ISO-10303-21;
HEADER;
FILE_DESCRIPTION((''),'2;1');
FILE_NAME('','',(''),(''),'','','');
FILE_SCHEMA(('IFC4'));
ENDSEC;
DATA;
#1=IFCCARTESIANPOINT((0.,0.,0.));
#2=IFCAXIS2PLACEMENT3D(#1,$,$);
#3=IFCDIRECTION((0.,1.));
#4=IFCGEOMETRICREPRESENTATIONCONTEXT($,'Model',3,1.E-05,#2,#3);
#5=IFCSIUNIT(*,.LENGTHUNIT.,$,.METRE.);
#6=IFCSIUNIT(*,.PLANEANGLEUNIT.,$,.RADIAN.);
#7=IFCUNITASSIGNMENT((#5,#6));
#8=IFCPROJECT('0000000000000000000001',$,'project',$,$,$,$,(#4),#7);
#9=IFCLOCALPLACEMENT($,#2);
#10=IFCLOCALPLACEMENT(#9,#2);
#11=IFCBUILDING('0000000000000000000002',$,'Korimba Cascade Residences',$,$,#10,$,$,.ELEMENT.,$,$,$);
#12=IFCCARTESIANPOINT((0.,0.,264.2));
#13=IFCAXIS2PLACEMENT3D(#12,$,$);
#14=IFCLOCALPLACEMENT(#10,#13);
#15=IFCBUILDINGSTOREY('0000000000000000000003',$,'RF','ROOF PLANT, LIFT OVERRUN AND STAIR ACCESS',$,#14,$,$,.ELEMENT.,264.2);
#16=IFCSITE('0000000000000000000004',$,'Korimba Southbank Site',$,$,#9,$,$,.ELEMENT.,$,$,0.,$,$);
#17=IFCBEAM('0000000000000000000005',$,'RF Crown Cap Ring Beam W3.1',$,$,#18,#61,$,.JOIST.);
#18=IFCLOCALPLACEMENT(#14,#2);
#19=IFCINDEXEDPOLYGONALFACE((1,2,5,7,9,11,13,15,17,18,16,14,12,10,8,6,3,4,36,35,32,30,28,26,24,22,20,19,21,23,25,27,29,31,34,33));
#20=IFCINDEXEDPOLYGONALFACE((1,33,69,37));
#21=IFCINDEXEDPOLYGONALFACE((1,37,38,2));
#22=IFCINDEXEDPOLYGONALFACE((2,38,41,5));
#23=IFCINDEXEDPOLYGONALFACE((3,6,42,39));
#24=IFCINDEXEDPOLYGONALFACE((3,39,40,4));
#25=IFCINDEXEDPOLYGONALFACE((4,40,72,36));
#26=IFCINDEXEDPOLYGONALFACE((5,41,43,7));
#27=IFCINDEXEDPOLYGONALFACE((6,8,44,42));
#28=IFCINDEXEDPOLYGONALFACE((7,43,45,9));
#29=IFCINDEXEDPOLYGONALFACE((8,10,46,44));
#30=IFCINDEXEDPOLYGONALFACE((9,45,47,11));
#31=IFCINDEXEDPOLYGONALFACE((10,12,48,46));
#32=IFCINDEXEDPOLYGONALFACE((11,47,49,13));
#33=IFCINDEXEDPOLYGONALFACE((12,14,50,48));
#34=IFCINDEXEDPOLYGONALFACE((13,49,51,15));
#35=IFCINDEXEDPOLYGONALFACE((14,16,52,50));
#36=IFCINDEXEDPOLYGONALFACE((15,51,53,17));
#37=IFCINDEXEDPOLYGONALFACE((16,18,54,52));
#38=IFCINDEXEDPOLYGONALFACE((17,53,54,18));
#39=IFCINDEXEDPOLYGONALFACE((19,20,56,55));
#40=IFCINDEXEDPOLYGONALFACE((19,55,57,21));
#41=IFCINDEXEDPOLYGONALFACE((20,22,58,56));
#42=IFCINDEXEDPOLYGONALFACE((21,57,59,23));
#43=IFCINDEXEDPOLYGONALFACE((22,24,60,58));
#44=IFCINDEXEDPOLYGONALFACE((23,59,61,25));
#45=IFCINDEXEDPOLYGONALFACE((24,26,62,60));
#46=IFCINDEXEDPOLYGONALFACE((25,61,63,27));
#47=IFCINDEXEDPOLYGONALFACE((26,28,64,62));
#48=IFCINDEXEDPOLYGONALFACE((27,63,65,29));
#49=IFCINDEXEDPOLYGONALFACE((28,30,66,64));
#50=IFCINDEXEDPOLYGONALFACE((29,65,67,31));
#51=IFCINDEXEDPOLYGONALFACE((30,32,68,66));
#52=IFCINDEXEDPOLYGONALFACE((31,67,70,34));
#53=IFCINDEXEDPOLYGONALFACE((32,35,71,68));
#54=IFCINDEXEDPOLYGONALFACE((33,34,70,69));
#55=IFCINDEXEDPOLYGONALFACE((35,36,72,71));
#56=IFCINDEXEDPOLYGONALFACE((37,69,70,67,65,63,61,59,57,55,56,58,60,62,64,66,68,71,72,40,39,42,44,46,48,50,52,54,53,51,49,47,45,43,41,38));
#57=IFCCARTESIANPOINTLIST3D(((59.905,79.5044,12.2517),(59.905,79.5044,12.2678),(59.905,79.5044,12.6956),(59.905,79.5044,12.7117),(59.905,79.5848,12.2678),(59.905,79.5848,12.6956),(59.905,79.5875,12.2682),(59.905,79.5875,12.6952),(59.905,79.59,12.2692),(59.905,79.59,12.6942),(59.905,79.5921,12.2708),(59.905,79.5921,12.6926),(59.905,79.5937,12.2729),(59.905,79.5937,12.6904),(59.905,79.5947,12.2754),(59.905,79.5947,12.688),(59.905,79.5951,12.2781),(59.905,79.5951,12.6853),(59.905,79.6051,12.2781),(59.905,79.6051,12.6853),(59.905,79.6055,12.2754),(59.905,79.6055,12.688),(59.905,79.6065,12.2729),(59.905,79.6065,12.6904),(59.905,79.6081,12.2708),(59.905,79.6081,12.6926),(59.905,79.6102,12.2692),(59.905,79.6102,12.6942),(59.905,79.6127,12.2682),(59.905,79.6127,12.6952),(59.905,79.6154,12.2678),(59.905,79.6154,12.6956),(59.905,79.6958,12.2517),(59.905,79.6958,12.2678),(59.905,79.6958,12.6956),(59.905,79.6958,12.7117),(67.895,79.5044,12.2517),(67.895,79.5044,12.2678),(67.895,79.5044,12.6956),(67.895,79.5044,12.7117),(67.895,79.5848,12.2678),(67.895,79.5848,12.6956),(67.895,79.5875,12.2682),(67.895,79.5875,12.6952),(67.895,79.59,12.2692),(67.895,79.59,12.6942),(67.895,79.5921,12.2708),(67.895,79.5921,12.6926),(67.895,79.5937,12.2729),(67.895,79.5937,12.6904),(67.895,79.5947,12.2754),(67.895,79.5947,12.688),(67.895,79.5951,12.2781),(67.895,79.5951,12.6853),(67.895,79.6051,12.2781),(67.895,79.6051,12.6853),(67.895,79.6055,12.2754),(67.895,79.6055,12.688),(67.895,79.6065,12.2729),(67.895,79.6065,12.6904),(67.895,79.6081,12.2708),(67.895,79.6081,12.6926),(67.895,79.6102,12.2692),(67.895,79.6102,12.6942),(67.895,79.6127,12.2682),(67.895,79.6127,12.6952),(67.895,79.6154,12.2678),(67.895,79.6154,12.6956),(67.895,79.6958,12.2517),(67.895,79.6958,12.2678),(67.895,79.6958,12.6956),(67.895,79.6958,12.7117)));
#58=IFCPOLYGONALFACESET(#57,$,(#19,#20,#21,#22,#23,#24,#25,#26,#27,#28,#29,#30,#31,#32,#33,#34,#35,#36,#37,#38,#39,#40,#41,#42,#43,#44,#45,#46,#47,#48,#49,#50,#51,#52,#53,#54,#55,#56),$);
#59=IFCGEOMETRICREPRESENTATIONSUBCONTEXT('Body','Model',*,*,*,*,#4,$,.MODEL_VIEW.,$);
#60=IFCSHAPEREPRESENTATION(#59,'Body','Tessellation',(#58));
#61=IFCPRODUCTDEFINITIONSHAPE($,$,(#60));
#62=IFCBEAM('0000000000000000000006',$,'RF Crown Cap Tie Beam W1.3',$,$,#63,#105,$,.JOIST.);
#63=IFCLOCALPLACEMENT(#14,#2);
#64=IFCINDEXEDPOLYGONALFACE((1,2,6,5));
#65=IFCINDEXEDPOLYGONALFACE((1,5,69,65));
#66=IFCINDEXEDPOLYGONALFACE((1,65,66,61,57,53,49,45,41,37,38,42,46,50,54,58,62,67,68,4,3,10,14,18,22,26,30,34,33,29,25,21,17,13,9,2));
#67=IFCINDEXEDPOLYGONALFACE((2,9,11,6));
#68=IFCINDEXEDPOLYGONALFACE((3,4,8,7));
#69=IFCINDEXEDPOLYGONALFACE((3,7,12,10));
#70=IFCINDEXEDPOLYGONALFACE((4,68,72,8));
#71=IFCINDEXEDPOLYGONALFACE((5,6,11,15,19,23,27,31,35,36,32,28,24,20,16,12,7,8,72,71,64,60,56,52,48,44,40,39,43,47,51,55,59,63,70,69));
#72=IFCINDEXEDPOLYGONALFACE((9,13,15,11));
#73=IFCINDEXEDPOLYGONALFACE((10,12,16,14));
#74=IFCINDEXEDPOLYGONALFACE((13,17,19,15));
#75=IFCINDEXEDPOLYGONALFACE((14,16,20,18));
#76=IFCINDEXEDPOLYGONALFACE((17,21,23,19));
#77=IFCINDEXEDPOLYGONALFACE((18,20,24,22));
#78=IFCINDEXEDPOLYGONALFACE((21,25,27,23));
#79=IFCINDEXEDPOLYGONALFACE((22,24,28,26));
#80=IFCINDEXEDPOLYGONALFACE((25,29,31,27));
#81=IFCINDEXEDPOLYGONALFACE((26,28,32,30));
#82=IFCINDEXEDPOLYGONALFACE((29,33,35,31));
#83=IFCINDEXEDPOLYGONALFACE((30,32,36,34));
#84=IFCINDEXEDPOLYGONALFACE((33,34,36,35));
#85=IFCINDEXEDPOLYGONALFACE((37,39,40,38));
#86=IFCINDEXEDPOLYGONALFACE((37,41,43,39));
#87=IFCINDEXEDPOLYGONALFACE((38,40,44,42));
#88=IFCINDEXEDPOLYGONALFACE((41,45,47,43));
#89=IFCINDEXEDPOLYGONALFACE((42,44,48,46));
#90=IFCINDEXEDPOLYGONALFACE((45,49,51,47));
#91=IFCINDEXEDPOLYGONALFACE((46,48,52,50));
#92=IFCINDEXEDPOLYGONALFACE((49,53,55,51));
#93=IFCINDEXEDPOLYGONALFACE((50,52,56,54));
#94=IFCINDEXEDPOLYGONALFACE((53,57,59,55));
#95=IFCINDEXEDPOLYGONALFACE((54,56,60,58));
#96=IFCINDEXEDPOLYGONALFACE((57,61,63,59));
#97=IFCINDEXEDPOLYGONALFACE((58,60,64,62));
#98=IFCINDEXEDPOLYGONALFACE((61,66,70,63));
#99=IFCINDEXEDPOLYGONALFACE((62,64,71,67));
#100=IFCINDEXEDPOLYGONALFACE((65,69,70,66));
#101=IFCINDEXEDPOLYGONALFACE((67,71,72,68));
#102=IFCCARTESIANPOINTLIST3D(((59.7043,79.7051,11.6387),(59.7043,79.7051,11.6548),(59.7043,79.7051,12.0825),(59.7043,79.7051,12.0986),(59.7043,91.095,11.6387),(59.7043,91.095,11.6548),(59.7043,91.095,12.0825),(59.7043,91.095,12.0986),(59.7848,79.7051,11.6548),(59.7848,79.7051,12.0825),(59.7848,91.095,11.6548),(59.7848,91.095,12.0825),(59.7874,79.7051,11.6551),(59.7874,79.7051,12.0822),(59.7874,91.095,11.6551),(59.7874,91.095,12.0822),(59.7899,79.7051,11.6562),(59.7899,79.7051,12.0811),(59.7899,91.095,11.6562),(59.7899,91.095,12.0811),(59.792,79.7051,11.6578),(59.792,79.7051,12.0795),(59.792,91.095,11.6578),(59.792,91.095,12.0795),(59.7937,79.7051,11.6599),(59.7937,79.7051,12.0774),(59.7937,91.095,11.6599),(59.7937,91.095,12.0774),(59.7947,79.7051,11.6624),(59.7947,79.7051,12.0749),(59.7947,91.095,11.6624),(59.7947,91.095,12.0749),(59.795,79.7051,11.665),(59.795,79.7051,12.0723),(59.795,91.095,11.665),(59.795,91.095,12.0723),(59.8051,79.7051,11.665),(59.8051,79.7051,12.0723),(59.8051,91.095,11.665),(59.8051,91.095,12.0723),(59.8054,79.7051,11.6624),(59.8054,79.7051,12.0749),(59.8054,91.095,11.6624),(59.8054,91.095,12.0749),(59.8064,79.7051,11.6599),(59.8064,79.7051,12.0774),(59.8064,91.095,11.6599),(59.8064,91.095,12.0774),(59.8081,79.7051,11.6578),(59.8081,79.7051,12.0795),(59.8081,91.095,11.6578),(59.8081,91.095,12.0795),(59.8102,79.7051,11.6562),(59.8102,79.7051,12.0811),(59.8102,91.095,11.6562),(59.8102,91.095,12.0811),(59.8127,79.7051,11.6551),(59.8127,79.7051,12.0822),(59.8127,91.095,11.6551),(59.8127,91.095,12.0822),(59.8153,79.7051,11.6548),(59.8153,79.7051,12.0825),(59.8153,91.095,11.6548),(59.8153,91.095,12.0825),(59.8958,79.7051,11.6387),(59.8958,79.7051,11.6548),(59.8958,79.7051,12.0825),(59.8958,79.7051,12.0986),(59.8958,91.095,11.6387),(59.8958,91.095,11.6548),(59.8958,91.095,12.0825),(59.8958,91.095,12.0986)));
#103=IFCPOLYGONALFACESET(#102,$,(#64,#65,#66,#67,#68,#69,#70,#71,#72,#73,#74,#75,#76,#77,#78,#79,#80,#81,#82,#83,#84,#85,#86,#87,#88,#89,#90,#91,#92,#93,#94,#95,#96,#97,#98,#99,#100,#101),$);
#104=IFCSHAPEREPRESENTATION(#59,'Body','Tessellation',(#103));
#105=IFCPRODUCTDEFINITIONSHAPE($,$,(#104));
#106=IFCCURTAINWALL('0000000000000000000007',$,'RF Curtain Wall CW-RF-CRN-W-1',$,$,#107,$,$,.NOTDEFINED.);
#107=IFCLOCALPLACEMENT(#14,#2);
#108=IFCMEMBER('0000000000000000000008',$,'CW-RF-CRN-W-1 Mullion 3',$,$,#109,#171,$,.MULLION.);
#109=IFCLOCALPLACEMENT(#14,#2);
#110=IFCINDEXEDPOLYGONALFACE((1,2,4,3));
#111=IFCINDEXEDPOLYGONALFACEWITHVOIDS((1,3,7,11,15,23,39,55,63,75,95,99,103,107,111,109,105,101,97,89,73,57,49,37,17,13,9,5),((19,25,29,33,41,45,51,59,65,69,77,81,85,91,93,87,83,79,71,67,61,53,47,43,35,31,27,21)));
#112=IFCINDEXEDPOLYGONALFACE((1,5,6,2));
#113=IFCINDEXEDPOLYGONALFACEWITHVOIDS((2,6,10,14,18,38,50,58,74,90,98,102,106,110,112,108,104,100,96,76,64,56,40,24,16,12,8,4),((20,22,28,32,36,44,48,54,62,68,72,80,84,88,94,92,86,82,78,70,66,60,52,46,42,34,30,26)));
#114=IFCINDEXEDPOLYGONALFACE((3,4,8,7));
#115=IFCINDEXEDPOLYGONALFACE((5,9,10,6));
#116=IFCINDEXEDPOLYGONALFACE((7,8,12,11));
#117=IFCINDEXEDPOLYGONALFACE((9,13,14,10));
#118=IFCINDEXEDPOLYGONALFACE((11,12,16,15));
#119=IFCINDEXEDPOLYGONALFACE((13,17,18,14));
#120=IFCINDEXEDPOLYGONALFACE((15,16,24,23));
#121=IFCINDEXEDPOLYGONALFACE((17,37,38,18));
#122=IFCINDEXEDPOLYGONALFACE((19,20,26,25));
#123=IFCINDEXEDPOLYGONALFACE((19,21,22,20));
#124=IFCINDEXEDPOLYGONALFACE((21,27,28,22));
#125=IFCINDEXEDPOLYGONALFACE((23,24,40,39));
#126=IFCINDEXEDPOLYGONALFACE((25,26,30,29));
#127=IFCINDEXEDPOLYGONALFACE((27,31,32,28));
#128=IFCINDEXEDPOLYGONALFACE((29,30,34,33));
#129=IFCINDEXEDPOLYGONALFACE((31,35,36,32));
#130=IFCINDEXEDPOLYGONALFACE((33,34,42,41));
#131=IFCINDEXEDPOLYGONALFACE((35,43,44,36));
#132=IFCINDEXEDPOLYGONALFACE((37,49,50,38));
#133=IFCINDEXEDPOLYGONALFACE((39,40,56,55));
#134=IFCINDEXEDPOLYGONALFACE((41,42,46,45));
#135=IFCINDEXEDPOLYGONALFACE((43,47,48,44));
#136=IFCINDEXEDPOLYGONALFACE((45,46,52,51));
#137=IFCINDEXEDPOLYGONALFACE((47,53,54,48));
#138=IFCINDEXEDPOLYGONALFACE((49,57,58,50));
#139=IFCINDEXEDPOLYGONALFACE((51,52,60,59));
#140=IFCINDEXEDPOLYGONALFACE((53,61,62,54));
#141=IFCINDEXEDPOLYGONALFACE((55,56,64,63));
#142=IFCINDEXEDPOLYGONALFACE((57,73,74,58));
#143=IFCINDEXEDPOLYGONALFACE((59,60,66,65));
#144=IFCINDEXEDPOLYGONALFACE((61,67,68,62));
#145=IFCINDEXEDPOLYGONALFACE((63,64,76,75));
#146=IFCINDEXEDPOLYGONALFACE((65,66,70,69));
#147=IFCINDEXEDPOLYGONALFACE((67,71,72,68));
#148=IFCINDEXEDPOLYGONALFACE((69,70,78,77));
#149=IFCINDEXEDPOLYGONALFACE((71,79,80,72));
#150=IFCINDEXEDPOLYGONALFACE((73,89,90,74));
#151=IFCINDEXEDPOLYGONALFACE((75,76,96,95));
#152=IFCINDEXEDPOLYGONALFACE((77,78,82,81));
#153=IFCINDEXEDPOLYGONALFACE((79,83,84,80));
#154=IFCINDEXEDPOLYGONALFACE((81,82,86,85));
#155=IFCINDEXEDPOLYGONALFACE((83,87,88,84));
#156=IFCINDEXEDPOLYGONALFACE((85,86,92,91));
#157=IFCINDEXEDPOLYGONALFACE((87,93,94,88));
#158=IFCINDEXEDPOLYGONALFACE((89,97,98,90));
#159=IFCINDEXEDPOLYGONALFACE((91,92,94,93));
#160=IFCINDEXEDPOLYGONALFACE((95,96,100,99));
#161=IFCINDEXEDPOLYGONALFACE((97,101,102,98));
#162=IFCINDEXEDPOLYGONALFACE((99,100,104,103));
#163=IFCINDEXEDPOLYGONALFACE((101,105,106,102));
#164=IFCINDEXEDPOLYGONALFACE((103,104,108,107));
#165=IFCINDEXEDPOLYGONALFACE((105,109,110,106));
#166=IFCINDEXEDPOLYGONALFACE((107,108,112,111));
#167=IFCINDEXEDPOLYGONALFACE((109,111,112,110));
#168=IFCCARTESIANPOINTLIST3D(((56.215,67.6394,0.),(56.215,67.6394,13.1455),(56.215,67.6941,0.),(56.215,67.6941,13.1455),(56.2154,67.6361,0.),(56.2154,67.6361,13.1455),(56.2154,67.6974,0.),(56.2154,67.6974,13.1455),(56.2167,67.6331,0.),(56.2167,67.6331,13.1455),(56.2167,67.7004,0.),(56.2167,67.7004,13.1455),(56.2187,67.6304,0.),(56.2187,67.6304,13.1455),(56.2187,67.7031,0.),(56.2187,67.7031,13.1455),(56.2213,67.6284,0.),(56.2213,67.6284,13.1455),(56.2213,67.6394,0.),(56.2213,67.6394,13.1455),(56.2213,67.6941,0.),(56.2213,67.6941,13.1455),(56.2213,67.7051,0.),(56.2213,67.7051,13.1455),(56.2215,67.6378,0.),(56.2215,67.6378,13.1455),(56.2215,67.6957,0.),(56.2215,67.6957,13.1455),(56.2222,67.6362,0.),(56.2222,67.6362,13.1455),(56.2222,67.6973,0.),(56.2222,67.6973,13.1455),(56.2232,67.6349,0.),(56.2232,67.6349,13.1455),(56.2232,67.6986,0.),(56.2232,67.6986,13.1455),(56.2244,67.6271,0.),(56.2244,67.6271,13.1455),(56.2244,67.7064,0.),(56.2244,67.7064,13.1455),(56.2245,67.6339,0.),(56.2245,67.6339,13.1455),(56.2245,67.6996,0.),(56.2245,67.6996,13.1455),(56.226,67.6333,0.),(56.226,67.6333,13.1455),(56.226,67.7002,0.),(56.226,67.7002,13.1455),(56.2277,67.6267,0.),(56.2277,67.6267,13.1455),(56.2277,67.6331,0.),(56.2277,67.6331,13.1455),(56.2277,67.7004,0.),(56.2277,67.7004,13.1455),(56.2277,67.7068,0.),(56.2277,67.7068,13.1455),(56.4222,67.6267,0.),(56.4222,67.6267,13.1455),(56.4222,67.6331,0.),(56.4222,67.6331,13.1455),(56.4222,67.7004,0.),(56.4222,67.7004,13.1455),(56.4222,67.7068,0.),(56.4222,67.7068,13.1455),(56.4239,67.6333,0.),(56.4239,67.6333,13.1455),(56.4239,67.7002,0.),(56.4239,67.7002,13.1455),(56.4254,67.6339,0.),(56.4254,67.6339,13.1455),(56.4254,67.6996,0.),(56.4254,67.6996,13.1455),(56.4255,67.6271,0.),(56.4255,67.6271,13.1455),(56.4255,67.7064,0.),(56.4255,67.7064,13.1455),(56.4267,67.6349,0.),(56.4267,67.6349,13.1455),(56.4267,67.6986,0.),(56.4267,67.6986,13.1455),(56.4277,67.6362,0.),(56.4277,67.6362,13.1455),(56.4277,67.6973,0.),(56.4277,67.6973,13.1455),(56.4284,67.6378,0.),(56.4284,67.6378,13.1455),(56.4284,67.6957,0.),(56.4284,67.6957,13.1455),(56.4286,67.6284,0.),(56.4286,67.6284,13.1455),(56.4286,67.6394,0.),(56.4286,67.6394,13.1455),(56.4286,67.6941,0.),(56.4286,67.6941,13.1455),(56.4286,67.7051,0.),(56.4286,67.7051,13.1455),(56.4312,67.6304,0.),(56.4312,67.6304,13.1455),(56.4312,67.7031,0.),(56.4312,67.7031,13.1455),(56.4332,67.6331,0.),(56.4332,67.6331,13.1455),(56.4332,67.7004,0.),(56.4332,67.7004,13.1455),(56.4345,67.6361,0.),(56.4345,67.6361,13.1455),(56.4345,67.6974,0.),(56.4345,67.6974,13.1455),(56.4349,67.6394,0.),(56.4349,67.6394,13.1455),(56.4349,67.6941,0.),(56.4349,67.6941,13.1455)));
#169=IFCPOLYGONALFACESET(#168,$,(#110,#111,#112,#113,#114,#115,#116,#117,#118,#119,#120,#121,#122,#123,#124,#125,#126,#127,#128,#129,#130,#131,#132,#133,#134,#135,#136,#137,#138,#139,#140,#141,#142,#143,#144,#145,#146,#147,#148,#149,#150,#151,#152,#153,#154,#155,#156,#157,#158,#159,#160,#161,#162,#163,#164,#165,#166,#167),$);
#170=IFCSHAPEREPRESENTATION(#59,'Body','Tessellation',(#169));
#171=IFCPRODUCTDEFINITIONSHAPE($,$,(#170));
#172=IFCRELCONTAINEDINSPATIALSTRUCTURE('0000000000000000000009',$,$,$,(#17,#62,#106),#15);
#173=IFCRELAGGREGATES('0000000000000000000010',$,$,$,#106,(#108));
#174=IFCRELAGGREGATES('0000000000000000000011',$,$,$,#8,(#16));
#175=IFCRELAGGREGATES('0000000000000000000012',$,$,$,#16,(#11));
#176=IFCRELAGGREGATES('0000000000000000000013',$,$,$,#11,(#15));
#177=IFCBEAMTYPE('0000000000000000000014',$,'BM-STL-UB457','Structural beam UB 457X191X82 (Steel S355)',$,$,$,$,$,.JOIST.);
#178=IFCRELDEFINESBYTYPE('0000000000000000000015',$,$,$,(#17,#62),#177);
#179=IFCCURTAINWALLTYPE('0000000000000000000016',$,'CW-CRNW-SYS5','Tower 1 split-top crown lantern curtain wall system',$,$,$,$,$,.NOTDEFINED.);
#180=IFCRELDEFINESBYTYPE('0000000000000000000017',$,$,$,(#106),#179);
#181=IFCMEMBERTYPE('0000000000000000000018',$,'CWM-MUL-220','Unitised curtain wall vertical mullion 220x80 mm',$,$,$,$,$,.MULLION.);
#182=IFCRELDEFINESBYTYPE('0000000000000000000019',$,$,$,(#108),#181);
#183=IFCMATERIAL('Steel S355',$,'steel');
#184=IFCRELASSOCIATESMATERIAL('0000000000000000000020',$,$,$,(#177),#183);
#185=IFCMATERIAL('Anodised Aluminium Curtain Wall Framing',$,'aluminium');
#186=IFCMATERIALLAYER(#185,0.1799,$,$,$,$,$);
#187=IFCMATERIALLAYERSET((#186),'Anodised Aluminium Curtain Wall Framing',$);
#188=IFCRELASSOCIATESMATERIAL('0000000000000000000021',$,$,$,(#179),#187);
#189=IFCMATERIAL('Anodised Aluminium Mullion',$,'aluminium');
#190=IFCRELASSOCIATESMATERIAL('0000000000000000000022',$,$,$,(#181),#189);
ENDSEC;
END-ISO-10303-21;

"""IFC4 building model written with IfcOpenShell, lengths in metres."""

from ifc_helpers import new_model, si_unit, direction, frame, origin, origin_2d, place, context, subcontext, project, spatial, hollow_rectangle, i_section, extrude, material, layer, layer_set, material_profile, profile_set, type_object, element, aggregate, save


model = new_model("IFC4")

# Units and contexts
model_context = context("Model", 3, precision=1e-05, world=origin(), true_north=direction((0.0, 1.0)))
body_context = subcontext(model_context, "Body", "Model", "MODEL_VIEW")
ifc_project = project(units=[si_unit("LENGTHUNIT", "METRE"), si_unit("PLANEANGLEUNIT", "RADIAN")], contexts=[model_context])

# Site, building, storey
site_placement = place(None, origin())
site = spatial("IfcSite", under=ifc_project, at=site_placement, Name="Korimba Southbank Site", CompositionType="ELEMENT", RefElevation=0.0)
building_placement = place(site_placement, origin())
building = spatial("IfcBuilding", under=site, at=building_placement, Name="Korimba Cascade Residences", CompositionType="ELEMENT")
storey_placement = place(building_placement, frame((0.0, 0.0, 264.2)))
storey = spatial("IfcBuildingStorey", under=building, at=storey_placement, Name="RF", Description="ROOF PLANT, LIFT OVERRUN AND STAIR ACCESS", CompositionType="ELEMENT", Elevation=264.2)

# Shared definitions
ifc_material_1 = material(Name="Steel S355", Category="steel")

# Beams
ifc_material_profile_1 = material_profile(ifc_material_1, i_section(OverallWidth=0.1914, OverallDepth=0.46, WebThickness=0.01, FlangeThickness=0.0161, FilletRadius=0.0103, at=origin_2d()), Name="Steel S355")
ifc_profile_set_1 = profile_set([ifc_material_profile_1], Name="Steel S355")
beam_type_1 = type_object("IfcBeamType", Name="BM-STL-UB457", Description="Structural beam UB 457X191X82 (Steel S355)", PredefinedType="JOIST", material=ifc_profile_set_1)
beam_1_placement = place(storey_placement, frame((59.905, 79.6001, 12.4817), z_axis=(1.0, 0.0, 0.0), x_axis=(0.0, 1.0, 0.0)))
element("IfcBeam", 1, at=beam_1_placement, inside=storey, type_object=beam_type_1, Name="RF Crown Cap Ring Beam W3.1", PredefinedType="JOIST", context=body_context, shape_type="SweptSolid", body=[
    extrude(i_section(OverallWidth=0.1914, OverallDepth=0.46, WebThickness=0.01, FlangeThickness=0.0161, FilletRadius=0.0103, at=origin_2d()), origin(), (0.0, 0.0, 1.0), 7.99),
])
beam_2_placement = place(storey_placement, frame((59.8, 79.7051, 11.8687), z_axis=(0.0, 1.0, 0.0), x_axis=(-1.0, 0.0, 0.0)))
element("IfcBeam", 2, at=beam_2_placement, inside=storey, type_object=beam_type_1, Name="RF Crown Cap Tie Beam W1.3", PredefinedType="JOIST", context=body_context, shape_type="SweptSolid", body=[
    extrude(i_section(OverallWidth=0.1914, OverallDepth=0.46, WebThickness=0.01, FlangeThickness=0.0161, FilletRadius=0.0103, at=origin_2d()), origin(), (0.0, 0.0, 1.0), 11.3899),
])

# Curtain wall, member
ifc_material_2 = material(Name="Anodised Aluminium Curtain Wall Framing", Category="aluminium")
ifc_layer_1 = layer(ifc_material_2, 0.1799)
ifc_layer_set_1 = layer_set([ifc_layer_1], Name="Anodised Aluminium Curtain Wall Framing")
curtain_wall_type = type_object("IfcCurtainWallType", Name="CW-CRNW-SYS5", Description="Tower 1 split-top crown lantern curtain wall system", PredefinedType="NOTDEFINED", material=ifc_layer_set_1)
curtain_wall_placement = place(storey_placement, origin())
curtain_wall = element("IfcCurtainWall", 3, at=curtain_wall_placement, inside=storey, type_object=curtain_wall_type, Name="RF Curtain Wall CW-RF-CRN-W-1", PredefinedType="NOTDEFINED")
ifc_material_3 = material(Name="Anodised Aluminium Mullion", Category="aluminium")
ifc_material_profile_2 = material_profile(ifc_material_3, hollow_rectangle(XDim=0.0801, YDim=0.22, WallThickness=0.0063, InnerFilletRadius=0.0063, OuterFilletRadius=0.0127, at=origin_2d()), Name="Anodised Aluminium Mullion")
ifc_profile_set_2 = profile_set([ifc_material_profile_2], Name="Anodised Aluminium Mullion")
member_type_1 = type_object("IfcMemberType", Name="CWM-MUL-220", Description="Unitised curtain wall vertical mullion 220x80 mm", PredefinedType="MULLION", material=ifc_profile_set_2)
member_1_placement = place(storey_placement, frame((56.325, 67.6667, 0.0), z_axis=(0.0, 0.0, 1.0), x_axis=(0.0, 1.0, 0.0)))
member_1 = element("IfcMember", 4, at=member_1_placement, type_object=member_type_1, Name="CW-RF-CRN-W-1 Mullion 3", PredefinedType="MULLION", context=body_context, shape_type="SweptSolid", body=[
    extrude(hollow_rectangle(XDim=0.0801, YDim=0.22, WallThickness=0.0063, InnerFilletRadius=0.0063, OuterFilletRadius=0.0127, at=origin_2d()), origin(), (0.0, 0.0, 1.0), 13.1455),
])
aggregate(curtain_wall, [member_1])

save(model, "model.ifc")
